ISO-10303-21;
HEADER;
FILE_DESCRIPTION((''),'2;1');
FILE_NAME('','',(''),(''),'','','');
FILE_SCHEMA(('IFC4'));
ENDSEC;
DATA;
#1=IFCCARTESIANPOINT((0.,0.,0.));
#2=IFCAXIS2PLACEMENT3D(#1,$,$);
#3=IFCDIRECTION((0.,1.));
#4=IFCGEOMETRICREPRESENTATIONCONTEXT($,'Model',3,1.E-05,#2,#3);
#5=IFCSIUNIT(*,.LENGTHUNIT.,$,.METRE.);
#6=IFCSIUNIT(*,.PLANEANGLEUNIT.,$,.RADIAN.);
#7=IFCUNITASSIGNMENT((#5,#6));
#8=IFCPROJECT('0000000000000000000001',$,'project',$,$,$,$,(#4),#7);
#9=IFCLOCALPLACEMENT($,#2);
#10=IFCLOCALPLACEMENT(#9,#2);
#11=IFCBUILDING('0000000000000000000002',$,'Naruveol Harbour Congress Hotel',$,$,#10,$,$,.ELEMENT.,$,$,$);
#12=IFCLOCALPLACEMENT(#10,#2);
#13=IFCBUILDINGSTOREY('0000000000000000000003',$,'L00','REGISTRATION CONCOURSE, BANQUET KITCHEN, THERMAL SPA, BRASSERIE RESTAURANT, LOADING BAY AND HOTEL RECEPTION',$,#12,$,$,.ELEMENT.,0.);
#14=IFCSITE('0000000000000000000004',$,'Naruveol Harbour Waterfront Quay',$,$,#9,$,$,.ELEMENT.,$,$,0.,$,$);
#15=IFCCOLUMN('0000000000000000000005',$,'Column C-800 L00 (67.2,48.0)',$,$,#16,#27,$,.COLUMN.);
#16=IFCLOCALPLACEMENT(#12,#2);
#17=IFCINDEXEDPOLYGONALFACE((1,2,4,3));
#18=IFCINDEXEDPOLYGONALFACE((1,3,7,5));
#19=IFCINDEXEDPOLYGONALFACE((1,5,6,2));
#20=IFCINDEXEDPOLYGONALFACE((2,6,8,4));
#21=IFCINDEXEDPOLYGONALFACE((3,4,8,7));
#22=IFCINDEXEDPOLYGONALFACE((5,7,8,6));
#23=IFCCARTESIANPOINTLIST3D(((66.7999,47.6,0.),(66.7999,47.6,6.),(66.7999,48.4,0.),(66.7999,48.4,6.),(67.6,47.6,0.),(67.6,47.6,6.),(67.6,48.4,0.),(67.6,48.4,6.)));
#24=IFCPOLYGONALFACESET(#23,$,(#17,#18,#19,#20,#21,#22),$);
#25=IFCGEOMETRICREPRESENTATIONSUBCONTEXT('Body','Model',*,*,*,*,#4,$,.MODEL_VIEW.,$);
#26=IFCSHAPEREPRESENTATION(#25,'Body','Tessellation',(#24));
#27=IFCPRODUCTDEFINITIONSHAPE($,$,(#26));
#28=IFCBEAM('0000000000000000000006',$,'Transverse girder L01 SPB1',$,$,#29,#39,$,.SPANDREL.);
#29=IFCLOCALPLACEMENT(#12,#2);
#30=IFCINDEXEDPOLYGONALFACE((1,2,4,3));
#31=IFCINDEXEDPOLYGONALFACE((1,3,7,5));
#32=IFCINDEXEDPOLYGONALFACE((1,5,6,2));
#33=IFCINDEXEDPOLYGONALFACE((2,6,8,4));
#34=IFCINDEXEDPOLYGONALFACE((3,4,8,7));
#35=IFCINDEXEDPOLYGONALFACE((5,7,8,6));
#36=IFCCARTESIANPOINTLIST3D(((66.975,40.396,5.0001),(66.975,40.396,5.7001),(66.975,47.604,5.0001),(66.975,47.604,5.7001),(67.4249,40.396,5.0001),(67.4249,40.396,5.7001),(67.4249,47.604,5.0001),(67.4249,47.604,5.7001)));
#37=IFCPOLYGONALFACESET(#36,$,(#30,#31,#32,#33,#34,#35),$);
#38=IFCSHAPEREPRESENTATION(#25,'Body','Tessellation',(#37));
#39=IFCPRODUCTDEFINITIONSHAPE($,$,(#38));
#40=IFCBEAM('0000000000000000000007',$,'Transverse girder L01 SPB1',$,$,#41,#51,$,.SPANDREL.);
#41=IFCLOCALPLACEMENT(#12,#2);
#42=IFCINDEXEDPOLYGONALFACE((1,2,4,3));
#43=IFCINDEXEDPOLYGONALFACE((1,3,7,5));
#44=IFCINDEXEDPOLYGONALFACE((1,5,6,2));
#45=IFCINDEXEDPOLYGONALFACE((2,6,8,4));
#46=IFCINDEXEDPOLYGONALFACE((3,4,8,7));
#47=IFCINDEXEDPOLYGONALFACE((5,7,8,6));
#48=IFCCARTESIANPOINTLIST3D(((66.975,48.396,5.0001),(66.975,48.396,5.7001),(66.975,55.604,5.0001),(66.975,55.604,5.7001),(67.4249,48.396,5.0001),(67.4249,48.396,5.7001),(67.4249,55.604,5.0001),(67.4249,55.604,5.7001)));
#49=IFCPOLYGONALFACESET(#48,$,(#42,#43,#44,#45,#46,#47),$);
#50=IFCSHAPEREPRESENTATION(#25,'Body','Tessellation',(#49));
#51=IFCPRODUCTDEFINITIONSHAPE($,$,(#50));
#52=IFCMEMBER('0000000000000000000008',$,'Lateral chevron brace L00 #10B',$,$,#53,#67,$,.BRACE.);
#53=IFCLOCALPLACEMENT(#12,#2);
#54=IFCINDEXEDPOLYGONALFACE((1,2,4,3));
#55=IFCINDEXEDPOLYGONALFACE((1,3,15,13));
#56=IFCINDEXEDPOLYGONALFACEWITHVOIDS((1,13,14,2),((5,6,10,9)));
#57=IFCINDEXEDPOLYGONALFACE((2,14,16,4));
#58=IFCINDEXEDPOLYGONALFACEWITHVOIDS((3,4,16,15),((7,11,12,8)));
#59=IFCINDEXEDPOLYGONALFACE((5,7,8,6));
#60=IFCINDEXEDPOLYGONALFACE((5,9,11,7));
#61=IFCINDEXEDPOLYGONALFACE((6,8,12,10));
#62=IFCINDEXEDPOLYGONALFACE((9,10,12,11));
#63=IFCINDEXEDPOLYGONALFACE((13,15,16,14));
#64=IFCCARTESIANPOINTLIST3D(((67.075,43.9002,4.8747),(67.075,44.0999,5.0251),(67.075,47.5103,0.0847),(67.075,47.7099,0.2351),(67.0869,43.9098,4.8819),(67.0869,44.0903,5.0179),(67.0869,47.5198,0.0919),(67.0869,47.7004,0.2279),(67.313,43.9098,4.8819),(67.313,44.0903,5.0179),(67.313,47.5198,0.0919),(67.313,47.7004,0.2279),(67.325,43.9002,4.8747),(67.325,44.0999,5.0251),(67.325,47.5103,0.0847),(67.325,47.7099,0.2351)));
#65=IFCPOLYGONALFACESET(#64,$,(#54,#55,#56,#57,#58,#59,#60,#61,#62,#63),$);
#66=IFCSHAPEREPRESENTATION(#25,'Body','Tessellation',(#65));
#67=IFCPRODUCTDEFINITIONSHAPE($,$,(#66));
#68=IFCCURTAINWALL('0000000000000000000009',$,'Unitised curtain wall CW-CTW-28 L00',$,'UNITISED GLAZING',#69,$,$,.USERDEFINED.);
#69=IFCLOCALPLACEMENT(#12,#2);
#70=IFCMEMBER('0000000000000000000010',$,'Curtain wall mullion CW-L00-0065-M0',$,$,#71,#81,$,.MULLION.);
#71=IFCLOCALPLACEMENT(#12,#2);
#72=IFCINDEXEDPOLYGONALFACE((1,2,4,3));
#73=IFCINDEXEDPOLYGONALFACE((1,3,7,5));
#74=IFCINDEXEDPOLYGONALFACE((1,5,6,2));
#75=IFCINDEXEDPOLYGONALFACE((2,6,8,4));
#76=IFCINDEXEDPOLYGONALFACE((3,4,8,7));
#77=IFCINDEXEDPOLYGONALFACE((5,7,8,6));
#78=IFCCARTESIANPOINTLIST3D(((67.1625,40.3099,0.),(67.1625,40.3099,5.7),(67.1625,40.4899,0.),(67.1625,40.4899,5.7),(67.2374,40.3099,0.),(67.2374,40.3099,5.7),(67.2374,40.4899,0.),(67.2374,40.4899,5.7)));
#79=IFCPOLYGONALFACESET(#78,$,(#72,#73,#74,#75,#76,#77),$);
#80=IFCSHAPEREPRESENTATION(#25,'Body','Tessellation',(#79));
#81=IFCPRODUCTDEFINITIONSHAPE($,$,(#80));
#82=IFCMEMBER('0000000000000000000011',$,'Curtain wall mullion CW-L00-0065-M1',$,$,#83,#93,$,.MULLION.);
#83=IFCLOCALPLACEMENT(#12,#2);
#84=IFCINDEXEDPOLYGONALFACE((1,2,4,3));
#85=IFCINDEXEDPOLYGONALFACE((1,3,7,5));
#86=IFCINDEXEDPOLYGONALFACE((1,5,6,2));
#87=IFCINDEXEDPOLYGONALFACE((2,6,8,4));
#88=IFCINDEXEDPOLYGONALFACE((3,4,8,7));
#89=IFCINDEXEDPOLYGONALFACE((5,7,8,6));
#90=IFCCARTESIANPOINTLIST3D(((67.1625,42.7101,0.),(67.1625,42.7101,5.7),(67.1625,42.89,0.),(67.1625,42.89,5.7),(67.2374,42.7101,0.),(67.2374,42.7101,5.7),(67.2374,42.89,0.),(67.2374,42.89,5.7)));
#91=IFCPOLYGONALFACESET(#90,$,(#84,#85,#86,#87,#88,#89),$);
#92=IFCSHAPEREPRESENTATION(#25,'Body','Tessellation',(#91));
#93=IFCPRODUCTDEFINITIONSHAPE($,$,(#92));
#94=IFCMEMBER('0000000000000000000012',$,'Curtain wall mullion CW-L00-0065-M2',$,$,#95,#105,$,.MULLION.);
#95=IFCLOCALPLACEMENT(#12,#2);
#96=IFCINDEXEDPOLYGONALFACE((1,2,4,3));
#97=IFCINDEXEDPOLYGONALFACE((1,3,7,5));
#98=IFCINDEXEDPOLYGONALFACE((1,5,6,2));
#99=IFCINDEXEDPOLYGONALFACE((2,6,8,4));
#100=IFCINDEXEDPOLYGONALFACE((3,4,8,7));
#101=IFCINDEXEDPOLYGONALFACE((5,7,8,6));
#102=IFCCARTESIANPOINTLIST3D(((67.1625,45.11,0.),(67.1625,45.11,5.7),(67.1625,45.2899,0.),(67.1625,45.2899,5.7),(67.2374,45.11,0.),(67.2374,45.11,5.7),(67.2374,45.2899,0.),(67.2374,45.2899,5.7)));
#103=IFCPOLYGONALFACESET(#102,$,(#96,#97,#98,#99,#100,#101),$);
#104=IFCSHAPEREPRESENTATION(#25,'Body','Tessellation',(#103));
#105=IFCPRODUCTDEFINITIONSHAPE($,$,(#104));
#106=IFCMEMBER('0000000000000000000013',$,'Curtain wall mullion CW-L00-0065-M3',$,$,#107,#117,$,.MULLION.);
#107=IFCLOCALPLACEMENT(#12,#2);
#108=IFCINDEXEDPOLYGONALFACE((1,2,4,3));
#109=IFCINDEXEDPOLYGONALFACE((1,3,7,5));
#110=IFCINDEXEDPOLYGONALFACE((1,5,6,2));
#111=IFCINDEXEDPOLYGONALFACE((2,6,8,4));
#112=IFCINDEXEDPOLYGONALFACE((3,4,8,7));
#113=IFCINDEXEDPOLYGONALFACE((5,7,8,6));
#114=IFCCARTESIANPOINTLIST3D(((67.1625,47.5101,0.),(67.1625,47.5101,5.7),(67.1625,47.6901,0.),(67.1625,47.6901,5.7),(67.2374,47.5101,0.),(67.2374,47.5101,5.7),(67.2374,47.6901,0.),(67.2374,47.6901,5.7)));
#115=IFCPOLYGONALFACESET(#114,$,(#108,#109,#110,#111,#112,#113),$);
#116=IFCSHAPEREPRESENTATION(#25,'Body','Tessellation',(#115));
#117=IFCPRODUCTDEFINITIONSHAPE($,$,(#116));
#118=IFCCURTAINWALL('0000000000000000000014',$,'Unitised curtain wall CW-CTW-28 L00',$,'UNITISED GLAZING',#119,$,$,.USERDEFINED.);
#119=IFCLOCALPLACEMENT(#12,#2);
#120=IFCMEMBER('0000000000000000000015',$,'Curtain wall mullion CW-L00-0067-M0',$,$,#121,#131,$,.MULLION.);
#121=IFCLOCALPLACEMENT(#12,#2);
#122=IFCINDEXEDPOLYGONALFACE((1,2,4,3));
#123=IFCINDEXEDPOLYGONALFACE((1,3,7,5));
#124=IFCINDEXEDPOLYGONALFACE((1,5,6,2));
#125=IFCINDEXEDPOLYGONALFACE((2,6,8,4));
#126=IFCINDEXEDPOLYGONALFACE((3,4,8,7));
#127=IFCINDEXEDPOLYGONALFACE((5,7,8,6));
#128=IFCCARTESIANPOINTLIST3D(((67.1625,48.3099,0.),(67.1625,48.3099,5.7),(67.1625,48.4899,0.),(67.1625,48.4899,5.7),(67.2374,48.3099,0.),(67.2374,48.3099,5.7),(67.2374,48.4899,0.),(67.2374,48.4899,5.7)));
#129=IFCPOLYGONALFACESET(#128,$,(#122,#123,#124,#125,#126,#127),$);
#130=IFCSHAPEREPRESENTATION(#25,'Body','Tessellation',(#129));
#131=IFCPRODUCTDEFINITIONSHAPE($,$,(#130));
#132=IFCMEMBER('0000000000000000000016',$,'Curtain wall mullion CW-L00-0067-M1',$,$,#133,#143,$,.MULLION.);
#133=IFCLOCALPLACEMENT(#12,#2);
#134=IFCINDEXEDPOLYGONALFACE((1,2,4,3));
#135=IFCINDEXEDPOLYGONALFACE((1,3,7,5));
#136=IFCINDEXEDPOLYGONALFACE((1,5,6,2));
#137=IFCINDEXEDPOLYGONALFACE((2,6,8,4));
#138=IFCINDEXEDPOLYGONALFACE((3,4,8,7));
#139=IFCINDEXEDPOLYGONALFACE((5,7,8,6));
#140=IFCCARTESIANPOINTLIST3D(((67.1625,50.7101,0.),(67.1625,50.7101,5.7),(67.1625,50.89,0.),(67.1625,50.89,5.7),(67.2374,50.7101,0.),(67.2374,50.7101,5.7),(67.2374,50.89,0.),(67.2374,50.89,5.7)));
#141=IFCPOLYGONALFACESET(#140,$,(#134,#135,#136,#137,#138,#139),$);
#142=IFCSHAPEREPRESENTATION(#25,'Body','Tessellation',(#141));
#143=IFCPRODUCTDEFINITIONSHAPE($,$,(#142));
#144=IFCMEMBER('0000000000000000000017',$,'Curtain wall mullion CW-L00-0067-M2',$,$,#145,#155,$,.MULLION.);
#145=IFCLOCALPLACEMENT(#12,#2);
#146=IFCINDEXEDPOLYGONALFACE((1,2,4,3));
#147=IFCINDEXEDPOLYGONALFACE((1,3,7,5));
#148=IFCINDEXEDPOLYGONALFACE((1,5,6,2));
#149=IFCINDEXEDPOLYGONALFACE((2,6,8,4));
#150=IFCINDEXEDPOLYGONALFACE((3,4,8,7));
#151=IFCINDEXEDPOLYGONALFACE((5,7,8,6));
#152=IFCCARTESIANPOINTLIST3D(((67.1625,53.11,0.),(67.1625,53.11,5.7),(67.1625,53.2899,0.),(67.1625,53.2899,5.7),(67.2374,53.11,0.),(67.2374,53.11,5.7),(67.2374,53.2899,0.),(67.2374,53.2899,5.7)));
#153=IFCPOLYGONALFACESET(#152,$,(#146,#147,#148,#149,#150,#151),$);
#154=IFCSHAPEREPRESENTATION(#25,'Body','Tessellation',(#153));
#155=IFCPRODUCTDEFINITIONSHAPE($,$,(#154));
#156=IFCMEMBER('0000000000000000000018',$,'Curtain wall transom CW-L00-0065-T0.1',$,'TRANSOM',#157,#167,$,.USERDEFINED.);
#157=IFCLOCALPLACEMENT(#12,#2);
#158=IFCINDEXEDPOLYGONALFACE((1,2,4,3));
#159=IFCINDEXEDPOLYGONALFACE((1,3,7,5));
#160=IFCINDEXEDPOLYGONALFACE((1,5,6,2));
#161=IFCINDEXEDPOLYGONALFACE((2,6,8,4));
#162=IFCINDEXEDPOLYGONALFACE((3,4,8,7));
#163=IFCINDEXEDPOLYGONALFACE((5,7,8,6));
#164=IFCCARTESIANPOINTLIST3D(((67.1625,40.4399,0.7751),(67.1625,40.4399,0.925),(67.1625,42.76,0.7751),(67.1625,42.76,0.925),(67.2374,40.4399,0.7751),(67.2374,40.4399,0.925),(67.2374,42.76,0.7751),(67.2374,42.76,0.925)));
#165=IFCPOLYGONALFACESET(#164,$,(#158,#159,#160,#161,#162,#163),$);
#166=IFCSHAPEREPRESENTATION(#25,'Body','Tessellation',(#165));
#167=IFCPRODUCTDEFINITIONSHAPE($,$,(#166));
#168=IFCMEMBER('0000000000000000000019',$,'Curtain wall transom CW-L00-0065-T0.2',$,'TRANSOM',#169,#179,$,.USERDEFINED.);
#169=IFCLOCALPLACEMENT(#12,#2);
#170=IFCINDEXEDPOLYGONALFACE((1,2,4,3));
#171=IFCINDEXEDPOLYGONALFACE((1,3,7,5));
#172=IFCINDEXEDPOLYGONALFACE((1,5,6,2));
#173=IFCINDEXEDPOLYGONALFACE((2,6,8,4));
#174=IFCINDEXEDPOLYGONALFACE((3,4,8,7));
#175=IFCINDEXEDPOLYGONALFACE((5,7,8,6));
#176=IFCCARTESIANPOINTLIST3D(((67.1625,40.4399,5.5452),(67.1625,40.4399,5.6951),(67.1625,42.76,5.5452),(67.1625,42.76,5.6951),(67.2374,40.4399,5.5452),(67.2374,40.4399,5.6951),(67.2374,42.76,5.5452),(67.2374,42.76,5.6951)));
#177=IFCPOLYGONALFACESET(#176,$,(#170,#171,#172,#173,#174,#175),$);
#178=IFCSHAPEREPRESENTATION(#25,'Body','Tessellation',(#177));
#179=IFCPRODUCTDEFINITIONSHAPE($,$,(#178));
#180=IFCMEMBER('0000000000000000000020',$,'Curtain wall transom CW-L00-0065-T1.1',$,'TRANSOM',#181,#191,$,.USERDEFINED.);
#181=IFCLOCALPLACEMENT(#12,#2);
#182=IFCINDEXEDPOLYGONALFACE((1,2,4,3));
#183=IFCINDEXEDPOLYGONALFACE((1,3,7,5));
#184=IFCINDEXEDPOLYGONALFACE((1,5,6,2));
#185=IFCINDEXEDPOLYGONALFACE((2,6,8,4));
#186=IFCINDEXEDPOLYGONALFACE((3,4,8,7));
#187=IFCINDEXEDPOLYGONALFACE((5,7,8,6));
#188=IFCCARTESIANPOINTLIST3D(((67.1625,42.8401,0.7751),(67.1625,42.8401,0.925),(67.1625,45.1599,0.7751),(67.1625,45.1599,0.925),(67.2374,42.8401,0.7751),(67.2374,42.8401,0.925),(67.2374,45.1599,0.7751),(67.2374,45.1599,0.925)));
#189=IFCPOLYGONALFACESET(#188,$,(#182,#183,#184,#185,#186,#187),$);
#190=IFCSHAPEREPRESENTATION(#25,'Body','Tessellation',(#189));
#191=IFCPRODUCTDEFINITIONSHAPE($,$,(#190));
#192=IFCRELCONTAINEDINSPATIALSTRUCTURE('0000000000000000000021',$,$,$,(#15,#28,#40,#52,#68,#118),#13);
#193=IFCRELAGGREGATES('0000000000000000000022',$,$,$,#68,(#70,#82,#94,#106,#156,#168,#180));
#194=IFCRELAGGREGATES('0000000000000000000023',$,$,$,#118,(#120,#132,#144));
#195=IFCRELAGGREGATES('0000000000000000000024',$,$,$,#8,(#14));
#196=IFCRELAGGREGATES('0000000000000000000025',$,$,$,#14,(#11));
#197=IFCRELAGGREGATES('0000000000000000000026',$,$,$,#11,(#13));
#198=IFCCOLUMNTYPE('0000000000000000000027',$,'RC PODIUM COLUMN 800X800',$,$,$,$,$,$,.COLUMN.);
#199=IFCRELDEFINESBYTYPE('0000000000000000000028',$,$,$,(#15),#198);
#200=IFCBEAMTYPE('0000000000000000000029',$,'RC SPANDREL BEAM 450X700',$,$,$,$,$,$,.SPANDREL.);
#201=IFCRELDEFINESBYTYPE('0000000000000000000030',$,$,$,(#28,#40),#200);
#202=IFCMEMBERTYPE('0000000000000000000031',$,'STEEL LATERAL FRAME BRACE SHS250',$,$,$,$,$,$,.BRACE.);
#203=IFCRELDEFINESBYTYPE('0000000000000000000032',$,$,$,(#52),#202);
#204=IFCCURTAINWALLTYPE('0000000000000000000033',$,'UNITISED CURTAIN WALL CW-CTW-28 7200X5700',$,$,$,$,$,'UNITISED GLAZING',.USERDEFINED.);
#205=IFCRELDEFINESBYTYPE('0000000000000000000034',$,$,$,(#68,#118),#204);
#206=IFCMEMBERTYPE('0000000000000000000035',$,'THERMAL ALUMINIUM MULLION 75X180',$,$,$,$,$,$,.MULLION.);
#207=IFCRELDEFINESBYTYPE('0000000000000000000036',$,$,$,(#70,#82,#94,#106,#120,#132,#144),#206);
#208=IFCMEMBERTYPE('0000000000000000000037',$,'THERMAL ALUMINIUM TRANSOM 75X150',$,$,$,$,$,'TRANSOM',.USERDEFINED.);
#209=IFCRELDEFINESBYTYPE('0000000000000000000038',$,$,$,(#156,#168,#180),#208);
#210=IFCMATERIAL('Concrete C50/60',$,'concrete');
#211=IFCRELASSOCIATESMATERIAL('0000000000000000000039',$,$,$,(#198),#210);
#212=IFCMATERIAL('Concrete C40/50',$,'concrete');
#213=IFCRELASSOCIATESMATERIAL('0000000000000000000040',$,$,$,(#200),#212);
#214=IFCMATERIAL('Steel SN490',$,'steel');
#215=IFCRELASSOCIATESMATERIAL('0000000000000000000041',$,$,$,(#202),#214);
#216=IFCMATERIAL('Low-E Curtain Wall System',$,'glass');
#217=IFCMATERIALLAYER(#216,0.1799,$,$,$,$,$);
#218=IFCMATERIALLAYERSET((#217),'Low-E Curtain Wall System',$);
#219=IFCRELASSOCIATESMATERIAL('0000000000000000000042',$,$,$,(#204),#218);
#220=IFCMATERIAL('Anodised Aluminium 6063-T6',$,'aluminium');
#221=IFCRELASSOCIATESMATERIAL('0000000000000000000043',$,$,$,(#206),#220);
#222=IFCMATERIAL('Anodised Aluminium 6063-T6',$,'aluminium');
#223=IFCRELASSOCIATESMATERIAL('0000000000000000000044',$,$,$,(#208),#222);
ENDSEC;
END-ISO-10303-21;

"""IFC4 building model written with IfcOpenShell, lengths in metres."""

from ifc_helpers import new_model, si_unit, direction, frame, origin, origin_2d, place, context, subcontext, project, spatial, rectangle, hollow_rectangle, extrude, material, layer, layer_set, material_profile, profile_set, type_object, element, aggregate, save


model = new_model("IFC4")

# Units and contexts
model_context = context("Model", 3, precision=1e-05, world=origin(), true_north=direction((0.0, 1.0)))
body_context = subcontext(model_context, "Body", "Model", "MODEL_VIEW")
ifc_project = project(units=[si_unit("LENGTHUNIT", "METRE"), si_unit("PLANEANGLEUNIT", "RADIAN")], contexts=[model_context])

# Site, building, storey
site_placement = place(None, origin())
site = spatial("IfcSite", under=ifc_project, at=site_placement, Name="Naruveol Harbour Waterfront Quay", CompositionType="ELEMENT", RefElevation=0.0)
building_placement = place(site_placement, origin())
building = spatial("IfcBuilding", under=site, at=building_placement, Name="Naruveol Harbour Congress Hotel", CompositionType="ELEMENT")
storey_placement = place(building_placement, origin())
storey = spatial("IfcBuildingStorey", under=building, at=storey_placement, Name="L00", Description="REGISTRATION CONCOURSE, BANQUET KITCHEN, THERMAL SPA, BRASSERIE RESTAURANT, LOADING BAY AND HOTEL RECEPTION", CompositionType="ELEMENT", Elevation=0.0)

# Column
ifc_material_1 = material(Name="Concrete C50/60", Category="concrete")
ifc_material_profile_1 = material_profile(ifc_material_1, rectangle(XDim=0.8, YDim=0.8, at=origin_2d()), Name="RC-800x800")
ifc_profile_set_1 = profile_set([ifc_material_profile_1], Name="Concrete C50/60")
column_type = type_object("IfcColumnType", Name="RC PODIUM COLUMN 800X800", PredefinedType="COLUMN", material=ifc_profile_set_1)
column_placement = place(storey_placement, frame((67.2, 48.0, 0.0), z_axis=(0.0, 0.0, 1.0), x_axis=(1.0, 0.0, 0.0)))
element("IfcColumn", 1, at=column_placement, inside=storey, type_object=column_type, Name="Column C-800 L00 (67.2,48.0)", PredefinedType="COLUMN", context=body_context, shape_type="SweptSolid", body=[
    extrude(rectangle(XDim=0.8, YDim=0.8, at=origin_2d()), origin(), (0.0, 0.0, 1.0), 6.0),
])

# Beams
ifc_material_2 = material(Name="Concrete C40/50", Category="concrete")
ifc_material_profile_2 = material_profile(ifc_material_2, rectangle(XDim=0.45, YDim=0.7, at=origin_2d()), Name="RCB-450x700")
ifc_profile_set_2 = profile_set([ifc_material_profile_2], Name="Concrete C40/50")
beam_type = type_object("IfcBeamType", Name="RC SPANDREL BEAM 450X700", PredefinedType="SPANDREL", material=ifc_profile_set_2)
for number, where, z_axis, x_axis, name in (
    (2, (67.2, 40.396, 5.3501), (0.0, 1.0, 0.0), (-1.0, 0.0, 0.0), "Transverse girder L01 SPB1"),
    (3, (67.2, 48.396, 5.3501), (0.0, 1.0, 0.0), (-1.0, 0.0, 0.0), "Transverse girder L01 SPB1"),
):
    element("IfcBeam", number, at=place(storey_placement, frame(where, z_axis=z_axis, x_axis=x_axis)), inside=storey, type_object=beam_type, Name=name, PredefinedType="SPANDREL", context=body_context, shape_type="SweptSolid", body=[
        extrude(rectangle(XDim=0.45, YDim=0.7, at=origin_2d()), origin(), (0.0, 0.0, 1.0), 7.208),
    ])

# Member
ifc_material_3 = material(Name="Steel SN490", Category="steel")
ifc_material_profile_3 = material_profile(ifc_material_3, hollow_rectangle(XDim=0.25, YDim=0.25, WallThickness=0.012, at=origin_2d()), Name="SHS-250x250x12")
ifc_profile_set_3 = profile_set([ifc_material_profile_3], Name="Steel SN490")
member_type_1 = type_object("IfcMemberType", Name="STEEL LATERAL FRAME BRACE SHS250", PredefinedType="BRACE", material=ifc_profile_set_3)
member_1_placement = place(storey_placement, frame((67.2, 47.6101, 0.1599), z_axis=(0.0, -0.601874, 0.798591), x_axis=(1.0, 0.0, 0.0)))
element("IfcMember", 4, at=member_1_placement, inside=storey, type_object=member_type_1, Name="Lateral chevron brace L00 #10B", PredefinedType="BRACE", context=body_context, shape_type="SweptSolid", body=[
    extrude(hollow_rectangle(XDim=0.25, YDim=0.25, WallThickness=0.012, at=origin_2d()), origin(), (0.0, 0.0, 1.0), 5.998),
])

# Curtain walls, members
ifc_material_4 = material(Name="Low-E Curtain Wall System", Category="glass")
ifc_layer_1 = layer(ifc_material_4, 0.1799)
ifc_layer_set_1 = layer_set([ifc_layer_1], Name="Low-E Curtain Wall System")
curtain_wall_type = type_object("IfcCurtainWallType", Name="UNITISED CURTAIN WALL CW-CTW-28 7200X5700", ElementType="UNITISED GLAZING", PredefinedType="USERDEFINED", material=ifc_layer_set_1)
curtain_wall_1_placement = place(storey_placement, origin())
curtain_wall_1 = element("IfcCurtainWall", 5, at=curtain_wall_1_placement, inside=storey, type_object=curtain_wall_type, Name="Unitised curtain wall CW-CTW-28 L00", ObjectType="UNITISED GLAZING", PredefinedType="USERDEFINED")
ifc_material_5 = material(Name="Anodised Aluminium 6063-T6", Category="aluminium")
ifc_material_profile_4 = material_profile(ifc_material_5, rectangle(XDim=0.075, YDim=0.1799, at=origin_2d()), Name="ALU-75x180")
ifc_profile_set_4 = profile_set([ifc_material_profile_4], Name="Anodised Aluminium 6063-T6")
member_type_2 = type_object("IfcMemberType", Name="THERMAL ALUMINIUM MULLION 75X180", PredefinedType="MULLION", material=ifc_profile_set_4)
member_2_placement = place(storey_placement, frame((67.2, 40.3999, 0.0), z_axis=(0.0, 0.0, 1.0), x_axis=(1.0, 0.0, 0.0)))
member_2 = element("IfcMember", 6, at=member_2_placement, type_object=member_type_2, Name="Curtain wall mullion CW-L00-0065-M0", PredefinedType="MULLION", context=body_context, shape_type="SweptSolid", body=[
    extrude(rectangle(XDim=0.075, YDim=0.1799, at=origin_2d()), origin(), (0.0, 0.0, 1.0), 5.7),
])
member_3_placement = place(storey_placement, frame((67.2, 42.8, 0.0), z_axis=(0.0, 0.0, 1.0), x_axis=(1.0, 0.0, 0.0)))
member_3 = element("IfcMember", 7, at=member_3_placement, type_object=member_type_2, Name="Curtain wall mullion CW-L00-0065-M1", PredefinedType="MULLION", context=body_context, shape_type="SweptSolid", body=[
    extrude(rectangle(XDim=0.075, YDim=0.1799, at=origin_2d()), origin(), (0.0, 0.0, 1.0), 5.7),
])
member_4_placement = place(storey_placement, frame((67.2, 45.2, 0.0), z_axis=(0.0, 0.0, 1.0), x_axis=(1.0, 0.0, 0.0)))
member_4 = element("IfcMember", 8, at=member_4_placement, type_object=member_type_2, Name="Curtain wall mullion CW-L00-0065-M2", PredefinedType="MULLION", context=body_context, shape_type="SweptSolid", body=[
    extrude(rectangle(XDim=0.075, YDim=0.1799, at=origin_2d()), origin(), (0.0, 0.0, 1.0), 5.7),
])
member_5_placement = place(storey_placement, frame((67.2, 47.6001, 0.0), z_axis=(0.0, 0.0, 1.0), x_axis=(1.0, 0.0, 0.0)))
member_5 = element("IfcMember", 9, at=member_5_placement, type_object=member_type_2, Name="Curtain wall mullion CW-L00-0065-M3", PredefinedType="MULLION", context=body_context, shape_type="SweptSolid", body=[
    extrude(rectangle(XDim=0.075, YDim=0.1799, at=origin_2d()), origin(), (0.0, 0.0, 1.0), 5.7),
])
curtain_wall_2_placement = place(storey_placement, origin())
curtain_wall_2 = element("IfcCurtainWall", 10, at=curtain_wall_2_placement, inside=storey, type_object=curtain_wall_type, Name="Unitised curtain wall CW-CTW-28 L00", ObjectType="UNITISED GLAZING", PredefinedType="USERDEFINED")
member_6_placement = place(storey_placement, frame((67.2, 48.3999, 0.0), z_axis=(0.0, 0.0, 1.0), x_axis=(1.0, 0.0, 0.0)))
member_6 = element("IfcMember", 11, at=member_6_placement, type_object=member_type_2, Name="Curtain wall mullion CW-L00-0067-M0", PredefinedType="MULLION", context=body_context, shape_type="SweptSolid", body=[
    extrude(rectangle(XDim=0.075, YDim=0.1799, at=origin_2d()), origin(), (0.0, 0.0, 1.0), 5.7),
])
member_7_placement = place(storey_placement, frame((67.2, 50.8, 0.0), z_axis=(0.0, 0.0, 1.0), x_axis=(1.0, 0.0, 0.0)))
member_7 = element("IfcMember", 12, at=member_7_placement, type_object=member_type_2, Name="Curtain wall mullion CW-L00-0067-M1", PredefinedType="MULLION", context=body_context, shape_type="SweptSolid", body=[
    extrude(rectangle(XDim=0.075, YDim=0.1799, at=origin_2d()), origin(), (0.0, 0.0, 1.0), 5.7),
])
member_8_placement = place(storey_placement, frame((67.2, 53.2, 0.0), z_axis=(0.0, 0.0, 1.0), x_axis=(1.0, 0.0, 0.0)))
member_8 = element("IfcMember", 13, at=member_8_placement, type_object=member_type_2, Name="Curtain wall mullion CW-L00-0067-M2", PredefinedType="MULLION", context=body_context, shape_type="SweptSolid", body=[
    extrude(rectangle(XDim=0.075, YDim=0.1799, at=origin_2d()), origin(), (0.0, 0.0, 1.0), 5.7),
])

# Members
ifc_material_6 = material(Name="Anodised Aluminium 6063-T6", Category="aluminium")
ifc_material_profile_5 = material_profile(ifc_material_6, rectangle(XDim=0.075, YDim=0.1499, at=origin_2d()), Name="ALU-75x150")
ifc_profile_set_5 = profile_set([ifc_material_profile_5], Name="Anodised Aluminium 6063-T6")
member_type_3 = type_object("IfcMemberType", Name="THERMAL ALUMINIUM TRANSOM 75X150", ElementType="TRANSOM", PredefinedType="USERDEFINED", material=ifc_profile_set_5)
member_9_placement = place(storey_placement, frame((67.2, 40.4399, 0.8501), z_axis=(0.0, 1.0, 0.0), x_axis=(-1.0, 0.0, 0.0)))
member_9 = element("IfcMember", 14, at=member_9_placement, type_object=member_type_3, Name="Curtain wall transom CW-L00-0065-T0.1", ObjectType="TRANSOM", PredefinedType="USERDEFINED", context=body_context, shape_type="SweptSolid", body=[
    extrude(rectangle(XDim=0.075, YDim=0.1499, at=origin_2d()), origin(), (0.0, 0.0, 1.0), 2.3201),
])
member_10_placement = place(storey_placement, frame((67.2, 40.4399, 5.6201), z_axis=(0.0, 1.0, 0.0), x_axis=(-1.0, 0.0, 0.0)))
member_10 = element("IfcMember", 15, at=member_10_placement, type_object=member_type_3, Name="Curtain wall transom CW-L00-0065-T0.2", ObjectType="TRANSOM", PredefinedType="USERDEFINED", context=body_context, shape_type="SweptSolid", body=[
    extrude(rectangle(XDim=0.075, YDim=0.1499, at=origin_2d()), origin(), (0.0, 0.0, 1.0), 2.3201),
])
member_11_placement = place(storey_placement, frame((67.2, 42.8401, 0.8501), z_axis=(0.0, 1.0, 0.0), x_axis=(-1.0, 0.0, 0.0)))
member_11 = element("IfcMember", 16, at=member_11_placement, type_object=member_type_3, Name="Curtain wall transom CW-L00-0065-T1.1", ObjectType="TRANSOM", PredefinedType="USERDEFINED", context=body_context, shape_type="SweptSolid", body=[
    extrude(rectangle(XDim=0.075, YDim=0.1499, at=origin_2d()), origin(), (0.0, 0.0, 1.0), 2.3198),
])

aggregate(curtain_wall_1, [member_2, member_3, member_4, member_5, member_9, member_10, member_11])
aggregate(curtain_wall_2, [member_6, member_7, member_8])

save(model, "model.ifc")
